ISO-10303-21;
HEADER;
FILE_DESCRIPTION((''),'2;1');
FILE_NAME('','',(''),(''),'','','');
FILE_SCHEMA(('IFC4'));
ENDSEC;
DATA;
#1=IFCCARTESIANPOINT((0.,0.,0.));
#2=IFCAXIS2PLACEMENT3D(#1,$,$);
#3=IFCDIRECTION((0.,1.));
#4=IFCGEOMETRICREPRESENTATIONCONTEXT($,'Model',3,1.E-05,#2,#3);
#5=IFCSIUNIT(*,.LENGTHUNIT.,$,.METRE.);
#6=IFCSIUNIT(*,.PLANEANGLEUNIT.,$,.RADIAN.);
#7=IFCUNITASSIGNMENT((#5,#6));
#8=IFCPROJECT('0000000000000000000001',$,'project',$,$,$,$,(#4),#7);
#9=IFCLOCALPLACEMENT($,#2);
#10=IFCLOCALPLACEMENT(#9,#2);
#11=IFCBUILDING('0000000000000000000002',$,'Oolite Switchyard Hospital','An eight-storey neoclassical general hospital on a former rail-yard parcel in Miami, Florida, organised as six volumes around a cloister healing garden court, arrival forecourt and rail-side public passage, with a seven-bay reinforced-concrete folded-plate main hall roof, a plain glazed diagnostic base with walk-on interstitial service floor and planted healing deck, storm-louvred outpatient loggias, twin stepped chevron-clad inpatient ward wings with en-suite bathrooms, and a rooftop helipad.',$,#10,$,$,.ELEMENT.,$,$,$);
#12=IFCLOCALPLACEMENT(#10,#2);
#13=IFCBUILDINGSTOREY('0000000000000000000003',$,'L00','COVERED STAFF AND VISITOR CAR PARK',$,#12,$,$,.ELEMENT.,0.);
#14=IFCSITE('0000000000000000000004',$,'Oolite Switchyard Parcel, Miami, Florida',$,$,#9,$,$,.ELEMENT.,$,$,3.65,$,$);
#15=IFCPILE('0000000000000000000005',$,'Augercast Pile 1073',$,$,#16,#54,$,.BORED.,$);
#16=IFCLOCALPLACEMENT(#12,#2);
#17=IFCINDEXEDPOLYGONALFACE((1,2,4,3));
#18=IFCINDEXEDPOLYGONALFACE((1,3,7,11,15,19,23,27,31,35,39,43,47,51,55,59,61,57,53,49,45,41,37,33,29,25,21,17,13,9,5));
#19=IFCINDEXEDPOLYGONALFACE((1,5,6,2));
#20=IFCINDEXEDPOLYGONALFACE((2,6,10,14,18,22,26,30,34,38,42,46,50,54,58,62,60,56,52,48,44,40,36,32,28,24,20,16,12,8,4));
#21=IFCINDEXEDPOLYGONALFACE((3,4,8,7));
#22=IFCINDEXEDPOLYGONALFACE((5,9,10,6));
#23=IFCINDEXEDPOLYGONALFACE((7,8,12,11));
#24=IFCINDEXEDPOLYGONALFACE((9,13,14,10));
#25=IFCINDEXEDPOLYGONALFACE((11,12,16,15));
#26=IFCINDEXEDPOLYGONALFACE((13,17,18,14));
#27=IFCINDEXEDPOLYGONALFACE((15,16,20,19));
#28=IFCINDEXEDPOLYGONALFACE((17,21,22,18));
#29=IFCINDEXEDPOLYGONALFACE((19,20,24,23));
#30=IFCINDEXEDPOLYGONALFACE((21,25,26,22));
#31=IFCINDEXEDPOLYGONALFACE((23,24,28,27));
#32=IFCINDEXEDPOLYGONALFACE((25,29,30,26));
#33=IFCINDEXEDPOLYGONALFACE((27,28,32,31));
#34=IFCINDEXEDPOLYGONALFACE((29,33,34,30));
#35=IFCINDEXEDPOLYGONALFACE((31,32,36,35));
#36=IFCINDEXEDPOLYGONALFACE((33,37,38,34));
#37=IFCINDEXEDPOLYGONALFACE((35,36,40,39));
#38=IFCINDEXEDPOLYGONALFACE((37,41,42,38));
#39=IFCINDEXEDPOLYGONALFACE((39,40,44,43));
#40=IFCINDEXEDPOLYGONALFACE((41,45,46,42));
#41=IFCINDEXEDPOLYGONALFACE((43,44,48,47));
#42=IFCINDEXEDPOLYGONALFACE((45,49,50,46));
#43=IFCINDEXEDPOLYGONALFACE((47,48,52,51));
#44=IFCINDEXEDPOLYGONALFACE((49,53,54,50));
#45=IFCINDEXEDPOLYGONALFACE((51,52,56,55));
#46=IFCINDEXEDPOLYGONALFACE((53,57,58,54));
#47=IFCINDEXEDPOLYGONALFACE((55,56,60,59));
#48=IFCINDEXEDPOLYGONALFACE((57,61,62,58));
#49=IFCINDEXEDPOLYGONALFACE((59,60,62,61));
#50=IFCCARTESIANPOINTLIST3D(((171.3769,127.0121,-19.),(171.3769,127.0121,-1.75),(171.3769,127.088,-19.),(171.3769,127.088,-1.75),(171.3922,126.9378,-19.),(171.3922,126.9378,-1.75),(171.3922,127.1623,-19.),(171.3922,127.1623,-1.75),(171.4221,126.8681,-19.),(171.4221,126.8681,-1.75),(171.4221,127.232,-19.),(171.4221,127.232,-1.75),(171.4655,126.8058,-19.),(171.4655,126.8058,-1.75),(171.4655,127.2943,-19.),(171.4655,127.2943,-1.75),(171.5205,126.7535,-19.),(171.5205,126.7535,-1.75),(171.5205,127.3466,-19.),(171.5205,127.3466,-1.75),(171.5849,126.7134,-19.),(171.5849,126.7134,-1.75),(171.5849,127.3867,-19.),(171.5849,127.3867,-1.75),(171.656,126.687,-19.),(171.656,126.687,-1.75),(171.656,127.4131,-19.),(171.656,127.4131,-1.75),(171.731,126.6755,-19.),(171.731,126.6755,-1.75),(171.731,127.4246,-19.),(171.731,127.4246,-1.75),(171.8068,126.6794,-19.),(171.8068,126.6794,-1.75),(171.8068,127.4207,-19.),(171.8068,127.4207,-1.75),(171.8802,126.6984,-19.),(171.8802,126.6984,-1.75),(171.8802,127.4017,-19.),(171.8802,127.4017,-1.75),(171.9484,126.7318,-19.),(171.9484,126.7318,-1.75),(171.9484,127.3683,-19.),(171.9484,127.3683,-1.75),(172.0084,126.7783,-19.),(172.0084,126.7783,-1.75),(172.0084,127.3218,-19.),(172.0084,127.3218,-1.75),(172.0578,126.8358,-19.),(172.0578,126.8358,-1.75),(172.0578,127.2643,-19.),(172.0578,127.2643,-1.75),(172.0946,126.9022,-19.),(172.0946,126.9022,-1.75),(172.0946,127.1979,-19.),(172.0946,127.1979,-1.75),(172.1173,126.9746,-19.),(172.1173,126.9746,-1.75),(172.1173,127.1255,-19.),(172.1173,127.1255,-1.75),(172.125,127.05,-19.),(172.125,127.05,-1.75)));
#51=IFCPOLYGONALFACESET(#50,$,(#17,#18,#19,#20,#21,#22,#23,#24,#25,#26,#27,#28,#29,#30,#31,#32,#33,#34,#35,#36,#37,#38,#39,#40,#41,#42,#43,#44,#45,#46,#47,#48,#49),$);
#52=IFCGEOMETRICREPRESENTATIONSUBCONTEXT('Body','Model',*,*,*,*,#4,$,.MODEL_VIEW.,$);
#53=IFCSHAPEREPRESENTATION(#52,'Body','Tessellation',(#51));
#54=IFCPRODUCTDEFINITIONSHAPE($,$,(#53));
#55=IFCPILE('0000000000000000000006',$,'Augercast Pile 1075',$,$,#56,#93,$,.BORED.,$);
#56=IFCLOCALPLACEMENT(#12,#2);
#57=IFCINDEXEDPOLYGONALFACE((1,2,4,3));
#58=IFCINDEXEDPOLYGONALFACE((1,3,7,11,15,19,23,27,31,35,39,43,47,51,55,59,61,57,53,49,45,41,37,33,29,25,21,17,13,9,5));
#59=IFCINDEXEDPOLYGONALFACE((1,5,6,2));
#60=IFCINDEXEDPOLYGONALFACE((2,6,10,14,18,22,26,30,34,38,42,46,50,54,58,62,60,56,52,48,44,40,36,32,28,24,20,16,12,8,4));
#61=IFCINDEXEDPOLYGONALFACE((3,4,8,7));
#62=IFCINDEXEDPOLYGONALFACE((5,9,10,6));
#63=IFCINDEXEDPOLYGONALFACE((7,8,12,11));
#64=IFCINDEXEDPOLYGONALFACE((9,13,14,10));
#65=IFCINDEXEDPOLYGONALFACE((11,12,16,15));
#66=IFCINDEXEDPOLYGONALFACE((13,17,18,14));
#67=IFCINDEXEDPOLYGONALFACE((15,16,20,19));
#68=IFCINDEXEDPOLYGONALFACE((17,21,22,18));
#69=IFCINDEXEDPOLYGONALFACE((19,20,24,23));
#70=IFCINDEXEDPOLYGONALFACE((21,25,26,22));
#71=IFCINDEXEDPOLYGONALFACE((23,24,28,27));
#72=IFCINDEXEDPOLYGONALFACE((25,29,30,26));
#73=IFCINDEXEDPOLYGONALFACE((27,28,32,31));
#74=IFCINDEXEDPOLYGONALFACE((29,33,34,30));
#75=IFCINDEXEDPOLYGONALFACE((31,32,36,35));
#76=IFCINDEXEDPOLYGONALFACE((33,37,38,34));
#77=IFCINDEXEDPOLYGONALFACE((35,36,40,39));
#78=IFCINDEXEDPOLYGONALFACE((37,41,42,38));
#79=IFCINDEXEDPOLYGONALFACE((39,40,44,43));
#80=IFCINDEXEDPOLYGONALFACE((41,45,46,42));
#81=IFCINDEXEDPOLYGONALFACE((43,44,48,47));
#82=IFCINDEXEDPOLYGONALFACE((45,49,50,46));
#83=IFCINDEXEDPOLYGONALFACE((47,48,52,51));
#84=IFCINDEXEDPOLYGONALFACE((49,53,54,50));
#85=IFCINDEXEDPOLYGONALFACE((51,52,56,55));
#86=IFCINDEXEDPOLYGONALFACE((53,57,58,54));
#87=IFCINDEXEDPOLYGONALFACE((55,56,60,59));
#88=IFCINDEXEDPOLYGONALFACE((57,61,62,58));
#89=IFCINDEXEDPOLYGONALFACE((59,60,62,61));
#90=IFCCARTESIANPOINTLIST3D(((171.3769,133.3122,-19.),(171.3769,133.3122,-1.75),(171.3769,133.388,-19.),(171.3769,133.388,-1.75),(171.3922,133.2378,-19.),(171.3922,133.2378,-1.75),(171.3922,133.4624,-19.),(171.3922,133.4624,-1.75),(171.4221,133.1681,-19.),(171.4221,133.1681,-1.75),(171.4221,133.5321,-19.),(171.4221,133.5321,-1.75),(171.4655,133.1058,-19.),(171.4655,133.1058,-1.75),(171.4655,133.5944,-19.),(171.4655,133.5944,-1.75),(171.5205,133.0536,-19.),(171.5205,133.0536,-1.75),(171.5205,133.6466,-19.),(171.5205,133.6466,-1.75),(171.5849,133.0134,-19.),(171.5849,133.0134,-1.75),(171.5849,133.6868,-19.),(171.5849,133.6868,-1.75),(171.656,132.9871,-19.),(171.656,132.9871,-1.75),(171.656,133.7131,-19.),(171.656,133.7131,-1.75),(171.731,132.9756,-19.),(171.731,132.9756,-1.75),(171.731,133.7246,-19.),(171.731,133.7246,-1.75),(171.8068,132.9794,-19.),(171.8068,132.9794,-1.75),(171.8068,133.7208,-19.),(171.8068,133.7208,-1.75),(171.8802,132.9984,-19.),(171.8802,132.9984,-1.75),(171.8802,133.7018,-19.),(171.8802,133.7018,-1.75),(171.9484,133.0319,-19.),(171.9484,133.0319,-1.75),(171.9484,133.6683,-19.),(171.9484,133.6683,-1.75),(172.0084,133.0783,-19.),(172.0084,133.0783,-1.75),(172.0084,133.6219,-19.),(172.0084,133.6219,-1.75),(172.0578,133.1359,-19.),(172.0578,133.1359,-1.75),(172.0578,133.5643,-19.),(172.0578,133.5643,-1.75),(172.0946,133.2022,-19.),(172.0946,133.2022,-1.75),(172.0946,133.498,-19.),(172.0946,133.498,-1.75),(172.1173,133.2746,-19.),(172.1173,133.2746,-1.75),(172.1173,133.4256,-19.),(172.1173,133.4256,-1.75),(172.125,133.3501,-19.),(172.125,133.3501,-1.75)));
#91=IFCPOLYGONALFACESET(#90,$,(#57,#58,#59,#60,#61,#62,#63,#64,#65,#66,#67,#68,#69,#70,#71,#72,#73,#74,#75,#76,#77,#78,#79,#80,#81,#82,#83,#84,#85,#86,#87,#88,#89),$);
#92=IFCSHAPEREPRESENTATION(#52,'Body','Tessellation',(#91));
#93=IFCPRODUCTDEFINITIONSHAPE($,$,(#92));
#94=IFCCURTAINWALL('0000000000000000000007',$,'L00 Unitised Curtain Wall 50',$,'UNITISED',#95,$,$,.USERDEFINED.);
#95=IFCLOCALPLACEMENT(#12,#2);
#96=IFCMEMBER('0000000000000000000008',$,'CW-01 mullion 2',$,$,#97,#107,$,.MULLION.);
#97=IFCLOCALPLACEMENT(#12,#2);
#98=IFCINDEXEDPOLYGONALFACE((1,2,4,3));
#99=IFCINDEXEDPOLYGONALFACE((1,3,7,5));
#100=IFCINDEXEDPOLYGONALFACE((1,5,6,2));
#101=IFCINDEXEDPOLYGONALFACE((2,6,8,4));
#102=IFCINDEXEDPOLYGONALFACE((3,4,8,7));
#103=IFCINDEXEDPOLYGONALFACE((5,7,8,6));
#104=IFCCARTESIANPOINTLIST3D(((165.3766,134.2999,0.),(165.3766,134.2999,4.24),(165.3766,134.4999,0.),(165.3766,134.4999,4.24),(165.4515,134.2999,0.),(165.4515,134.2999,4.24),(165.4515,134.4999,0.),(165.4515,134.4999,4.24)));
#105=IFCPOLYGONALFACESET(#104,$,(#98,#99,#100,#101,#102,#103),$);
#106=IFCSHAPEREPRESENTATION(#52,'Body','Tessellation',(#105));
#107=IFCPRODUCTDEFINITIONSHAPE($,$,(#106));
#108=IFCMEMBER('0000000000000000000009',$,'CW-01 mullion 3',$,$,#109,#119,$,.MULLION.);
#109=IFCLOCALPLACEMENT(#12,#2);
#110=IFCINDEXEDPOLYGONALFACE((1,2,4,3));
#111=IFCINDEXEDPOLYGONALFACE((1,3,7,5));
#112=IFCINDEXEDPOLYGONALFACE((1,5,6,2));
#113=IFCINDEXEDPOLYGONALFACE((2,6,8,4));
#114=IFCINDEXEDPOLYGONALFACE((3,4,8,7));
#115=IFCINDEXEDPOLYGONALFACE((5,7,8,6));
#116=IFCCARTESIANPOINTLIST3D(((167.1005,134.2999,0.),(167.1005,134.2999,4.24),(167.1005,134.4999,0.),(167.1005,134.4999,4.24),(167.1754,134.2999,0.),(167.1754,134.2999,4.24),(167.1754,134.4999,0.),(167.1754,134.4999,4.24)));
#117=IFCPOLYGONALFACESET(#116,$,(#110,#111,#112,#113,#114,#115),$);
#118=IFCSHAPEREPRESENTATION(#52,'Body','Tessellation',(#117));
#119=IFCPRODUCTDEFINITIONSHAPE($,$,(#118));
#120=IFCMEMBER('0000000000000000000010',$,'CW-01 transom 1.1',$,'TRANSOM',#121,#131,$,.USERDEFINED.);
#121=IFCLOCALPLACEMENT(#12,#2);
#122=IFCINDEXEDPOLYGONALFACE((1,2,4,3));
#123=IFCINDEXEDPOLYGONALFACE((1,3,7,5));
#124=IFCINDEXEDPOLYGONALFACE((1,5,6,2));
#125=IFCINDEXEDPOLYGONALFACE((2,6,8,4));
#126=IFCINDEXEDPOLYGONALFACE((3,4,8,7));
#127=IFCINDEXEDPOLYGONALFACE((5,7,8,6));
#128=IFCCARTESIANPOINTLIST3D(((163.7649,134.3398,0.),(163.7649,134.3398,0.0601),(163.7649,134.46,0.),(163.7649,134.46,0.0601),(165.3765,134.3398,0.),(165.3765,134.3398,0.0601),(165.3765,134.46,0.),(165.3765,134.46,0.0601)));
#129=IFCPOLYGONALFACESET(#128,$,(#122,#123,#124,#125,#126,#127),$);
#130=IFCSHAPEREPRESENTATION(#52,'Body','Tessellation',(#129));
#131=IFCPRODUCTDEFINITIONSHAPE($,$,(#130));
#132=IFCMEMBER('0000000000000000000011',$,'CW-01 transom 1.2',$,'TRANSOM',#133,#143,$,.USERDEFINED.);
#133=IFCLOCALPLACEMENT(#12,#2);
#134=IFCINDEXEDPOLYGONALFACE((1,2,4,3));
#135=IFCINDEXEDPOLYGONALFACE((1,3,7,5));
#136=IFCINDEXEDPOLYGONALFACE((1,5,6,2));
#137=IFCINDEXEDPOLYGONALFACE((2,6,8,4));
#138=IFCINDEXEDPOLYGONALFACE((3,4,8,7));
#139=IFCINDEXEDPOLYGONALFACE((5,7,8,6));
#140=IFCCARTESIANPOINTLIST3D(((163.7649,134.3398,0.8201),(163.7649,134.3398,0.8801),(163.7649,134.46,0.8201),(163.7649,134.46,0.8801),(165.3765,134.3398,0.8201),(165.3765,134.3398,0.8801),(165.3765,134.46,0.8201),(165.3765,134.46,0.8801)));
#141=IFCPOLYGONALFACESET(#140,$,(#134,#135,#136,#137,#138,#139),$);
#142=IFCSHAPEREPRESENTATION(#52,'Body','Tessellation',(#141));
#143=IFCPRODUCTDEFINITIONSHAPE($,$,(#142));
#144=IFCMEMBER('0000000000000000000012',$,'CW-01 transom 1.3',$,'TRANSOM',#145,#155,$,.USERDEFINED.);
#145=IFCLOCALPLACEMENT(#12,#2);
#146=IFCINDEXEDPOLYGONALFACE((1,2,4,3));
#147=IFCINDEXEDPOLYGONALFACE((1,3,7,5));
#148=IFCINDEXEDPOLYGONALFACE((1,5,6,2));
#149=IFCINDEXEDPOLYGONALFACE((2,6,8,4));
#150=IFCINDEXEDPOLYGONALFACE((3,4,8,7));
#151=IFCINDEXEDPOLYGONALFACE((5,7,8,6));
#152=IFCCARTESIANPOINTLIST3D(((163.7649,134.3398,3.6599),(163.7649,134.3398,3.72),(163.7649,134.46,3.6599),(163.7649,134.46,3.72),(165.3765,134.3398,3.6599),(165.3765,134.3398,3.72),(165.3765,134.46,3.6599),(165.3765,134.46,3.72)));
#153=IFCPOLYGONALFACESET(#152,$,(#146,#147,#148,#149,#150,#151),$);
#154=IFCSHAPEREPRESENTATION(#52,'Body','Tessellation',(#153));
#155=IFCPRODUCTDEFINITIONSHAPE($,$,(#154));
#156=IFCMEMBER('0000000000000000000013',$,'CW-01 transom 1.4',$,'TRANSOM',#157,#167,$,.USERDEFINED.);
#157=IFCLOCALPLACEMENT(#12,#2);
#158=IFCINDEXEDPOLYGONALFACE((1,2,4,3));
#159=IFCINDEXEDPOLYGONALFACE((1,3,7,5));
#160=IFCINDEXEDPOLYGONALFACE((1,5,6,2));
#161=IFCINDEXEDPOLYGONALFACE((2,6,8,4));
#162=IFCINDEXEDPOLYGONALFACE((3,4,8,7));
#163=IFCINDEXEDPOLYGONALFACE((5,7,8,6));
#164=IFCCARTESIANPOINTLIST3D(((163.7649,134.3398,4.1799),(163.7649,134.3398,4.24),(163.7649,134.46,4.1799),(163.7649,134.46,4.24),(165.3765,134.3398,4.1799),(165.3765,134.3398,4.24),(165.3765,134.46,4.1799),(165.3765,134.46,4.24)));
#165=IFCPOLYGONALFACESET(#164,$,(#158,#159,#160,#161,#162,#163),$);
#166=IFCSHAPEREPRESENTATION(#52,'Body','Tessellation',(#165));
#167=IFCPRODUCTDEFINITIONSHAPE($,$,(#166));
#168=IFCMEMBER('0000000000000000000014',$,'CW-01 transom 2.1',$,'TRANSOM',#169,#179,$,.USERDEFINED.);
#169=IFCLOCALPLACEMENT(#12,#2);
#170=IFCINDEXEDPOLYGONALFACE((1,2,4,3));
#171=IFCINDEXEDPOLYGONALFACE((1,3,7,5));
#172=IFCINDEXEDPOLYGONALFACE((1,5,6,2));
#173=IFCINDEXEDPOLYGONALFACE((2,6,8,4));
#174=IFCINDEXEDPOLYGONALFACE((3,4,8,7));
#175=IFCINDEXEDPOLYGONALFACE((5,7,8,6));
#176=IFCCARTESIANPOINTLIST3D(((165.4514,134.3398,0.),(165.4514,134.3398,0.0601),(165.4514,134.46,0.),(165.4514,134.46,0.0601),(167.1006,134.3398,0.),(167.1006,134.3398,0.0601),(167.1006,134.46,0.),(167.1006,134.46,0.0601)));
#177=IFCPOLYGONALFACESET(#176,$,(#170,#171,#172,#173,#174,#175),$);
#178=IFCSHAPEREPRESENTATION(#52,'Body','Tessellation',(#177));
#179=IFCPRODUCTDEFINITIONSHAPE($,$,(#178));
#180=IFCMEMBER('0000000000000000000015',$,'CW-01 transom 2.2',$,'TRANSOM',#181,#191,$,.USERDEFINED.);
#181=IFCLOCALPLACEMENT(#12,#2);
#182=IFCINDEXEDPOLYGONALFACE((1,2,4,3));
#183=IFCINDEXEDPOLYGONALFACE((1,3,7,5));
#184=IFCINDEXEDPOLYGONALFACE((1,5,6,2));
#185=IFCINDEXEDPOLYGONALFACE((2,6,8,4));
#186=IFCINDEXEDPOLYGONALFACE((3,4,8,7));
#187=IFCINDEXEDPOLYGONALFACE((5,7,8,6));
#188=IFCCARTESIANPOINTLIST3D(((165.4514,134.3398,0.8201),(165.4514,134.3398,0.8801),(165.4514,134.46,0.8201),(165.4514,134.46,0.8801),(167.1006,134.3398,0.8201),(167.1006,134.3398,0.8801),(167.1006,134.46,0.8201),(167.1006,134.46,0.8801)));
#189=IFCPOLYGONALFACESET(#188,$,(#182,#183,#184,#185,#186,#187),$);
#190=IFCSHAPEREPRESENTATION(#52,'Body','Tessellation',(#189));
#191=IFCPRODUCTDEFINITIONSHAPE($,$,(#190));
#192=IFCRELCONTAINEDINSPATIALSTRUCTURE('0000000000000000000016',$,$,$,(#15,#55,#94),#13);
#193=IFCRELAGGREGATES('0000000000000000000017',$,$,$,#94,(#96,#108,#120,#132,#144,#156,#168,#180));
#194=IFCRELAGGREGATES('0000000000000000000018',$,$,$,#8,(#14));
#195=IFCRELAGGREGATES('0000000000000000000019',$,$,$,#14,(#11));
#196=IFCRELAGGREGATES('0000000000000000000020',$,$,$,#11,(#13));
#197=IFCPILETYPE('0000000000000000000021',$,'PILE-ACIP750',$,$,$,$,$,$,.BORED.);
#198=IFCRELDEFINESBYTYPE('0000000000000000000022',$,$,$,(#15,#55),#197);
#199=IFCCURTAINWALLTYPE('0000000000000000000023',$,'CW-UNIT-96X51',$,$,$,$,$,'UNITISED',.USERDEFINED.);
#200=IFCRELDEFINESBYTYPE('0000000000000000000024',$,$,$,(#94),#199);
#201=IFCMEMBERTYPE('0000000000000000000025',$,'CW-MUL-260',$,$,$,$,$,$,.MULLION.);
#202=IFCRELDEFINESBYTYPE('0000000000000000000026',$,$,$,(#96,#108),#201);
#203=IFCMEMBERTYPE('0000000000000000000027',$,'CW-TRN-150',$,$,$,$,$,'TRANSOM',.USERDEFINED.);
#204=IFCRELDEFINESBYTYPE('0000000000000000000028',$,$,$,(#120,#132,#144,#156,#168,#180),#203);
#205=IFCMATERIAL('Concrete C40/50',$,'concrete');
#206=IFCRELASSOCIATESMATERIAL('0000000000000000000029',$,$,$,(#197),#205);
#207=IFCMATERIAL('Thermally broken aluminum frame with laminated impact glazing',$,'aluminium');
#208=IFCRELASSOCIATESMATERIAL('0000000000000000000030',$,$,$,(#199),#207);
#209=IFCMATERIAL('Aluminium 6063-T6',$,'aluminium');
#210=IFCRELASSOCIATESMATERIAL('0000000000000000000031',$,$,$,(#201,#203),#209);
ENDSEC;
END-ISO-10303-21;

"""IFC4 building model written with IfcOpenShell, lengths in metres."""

from ifc_helpers import new_model, si_unit, direction, frame, origin, origin_2d, place, context, subcontext, project, spatial, rectangle, circle, extrude, material, material_profile, profile_set, type_object, element, aggregate, save


model = new_model("IFC4")

# Units and contexts
model_context = context("Model", 3, precision=1e-05, world=origin(), true_north=direction((0.0, 1.0)))
body_context = subcontext(model_context, "Body", "Model", "MODEL_VIEW")
ifc_project = project(units=[si_unit("LENGTHUNIT", "METRE"), si_unit("PLANEANGLEUNIT", "RADIAN")], contexts=[model_context])

# Site, building, storey
site_placement = place(None, origin())
site = spatial("IfcSite", under=ifc_project, at=site_placement, Name="Oolite Switchyard Parcel, Miami, Florida", CompositionType="ELEMENT", RefElevation=3.65)
building_placement = place(site_placement, origin())
building = spatial("IfcBuilding", under=site, at=building_placement, Name="Oolite Switchyard Hospital", Description="An eight-storey neoclassical general hospital on a former rail-yard parcel in Miami, Florida, organised as six volumes around a cloister healing garden court, arrival forecourt and rail-side public passage, with a seven-bay reinforced-concrete folded-plate main hall roof, a plain glazed diagnostic base with walk-on interstitial service floor and planted healing deck, storm-louvred outpatient loggias, twin stepped chevron-clad inpatient ward wings with en-suite bathrooms, and a rooftop helipad.", CompositionType="ELEMENT")
storey_placement = place(building_placement, origin())
storey = spatial("IfcBuildingStorey", under=building, at=storey_placement, Name="L00", Description="COVERED STAFF AND VISITOR CAR PARK", CompositionType="ELEMENT", Elevation=0.0)

# Shared definitions
ifc_material_1 = material(Name="Concrete C40/50", Category="concrete")

# Piles
ifc_material_profile_1 = material_profile(ifc_material_1, circle(Radius=0.375, at=origin_2d()), Name="PILE750")
ifc_profile_set_1 = profile_set([ifc_material_profile_1], Name="Concrete C40/50")
pile_type = type_object("IfcPileType", Name="PILE-ACIP750", PredefinedType="BORED", material=ifc_profile_set_1)
for number, where, z_axis, x_axis, name in (
    (1, (171.75, 127.05, -1.75), (0.0, 0.0, -1.0), (1.0, 0.0, 0.0), "Augercast Pile 1073"),
    (2, (171.75, 133.3501, -1.75), (0.0, 0.0, -1.0), (1.0, 0.0, 0.0), "Augercast Pile 1075"),
):
    element("IfcPile", number, at=place(storey_placement, frame(where, z_axis=z_axis, x_axis=x_axis)), inside=storey, type_object=pile_type, Name=name, PredefinedType="BORED", context=body_context, shape_type="SweptSolid", body=[
        extrude(circle(Radius=0.375, at=origin_2d()), origin(), (0.0, 0.0, 1.0), 17.25),
    ])

# Curtain wall, members
ifc_material_2 = material(Name="Thermally broken aluminum frame with laminated impact glazing", Category="aluminium")
curtain_wall_type = type_object("IfcCurtainWallType", Name="CW-UNIT-96X51", ElementType="UNITISED", PredefinedType="USERDEFINED", material=ifc_material_2)
curtain_wall_placement = place(storey_placement, origin())
curtain_wall = element("IfcCurtainWall", 3, at=curtain_wall_placement, inside=storey, type_object=curtain_wall_type, Name="L00 Unitised Curtain Wall 50", ObjectType="UNITISED", PredefinedType="USERDEFINED")
ifc_material_3 = material(Name="Aluminium 6063-T6", Category="aluminium")
ifc_material_profile_2 = material_profile(ifc_material_3, rectangle(XDim=0.2, YDim=0.075, at=origin_2d()), Name="CWM75X200")
ifc_profile_set_2 = profile_set([ifc_material_profile_2], Name="Aluminium 6063-T6")
member_type_1 = type_object("IfcMemberType", Name="CW-MUL-260", PredefinedType="MULLION", material=ifc_profile_set_2)
member_1_placement = place(storey_placement, frame((165.4141, 134.3999, 0.0), z_axis=(0.0, 0.0, 1.0), x_axis=(0.0, 1.0, 0.0)))
member_1 = element("IfcMember", 4, at=member_1_placement, type_object=member_type_1, Name="CW-01 mullion 2", PredefinedType="MULLION", context=body_context, shape_type="SweptSolid", body=[
    extrude(rectangle(XDim=0.2, YDim=0.075, at=origin_2d()), origin(), (0.0, 0.0, 1.0), 4.24),
])
member_2_placement = place(storey_placement, frame((167.1379, 134.3999, 0.0), z_axis=(0.0, 0.0, 1.0), x_axis=(0.0, 1.0, 0.0)))
member_2 = element("IfcMember", 5, at=member_2_placement, type_object=member_type_1, Name="CW-01 mullion 3", PredefinedType="MULLION", context=body_context, shape_type="SweptSolid", body=[
    extrude(rectangle(XDim=0.2, YDim=0.075, at=origin_2d()), origin(), (0.0, 0.0, 1.0), 4.24),
])
ifc_material_profile_3 = material_profile(ifc_material_3, rectangle(XDim=0.1201, YDim=0.0601, at=origin_2d()), Name="CWT60X120")
ifc_profile_set_3 = profile_set([ifc_material_profile_3], Name="Aluminium 6063-T6")
member_type_2 = type_object("IfcMemberType", Name="CW-TRN-150", ElementType="TRANSOM", PredefinedType="USERDEFINED", material=ifc_profile_set_3)
member_3_placement = place(storey_placement, frame((163.7649, 134.3999, 0.03), z_axis=(1.0, 0.0, 0.0), x_axis=(0.0, 1.0, 0.0)))
member_3 = element("IfcMember", 6, at=member_3_placement, type_object=member_type_2, Name="CW-01 transom 1.1", ObjectType="TRANSOM", PredefinedType="USERDEFINED", context=body_context, shape_type="SweptSolid", body=[
    extrude(rectangle(XDim=0.1201, YDim=0.0601, at=origin_2d()), origin(), (0.0, 0.0, 1.0), 1.6116),
])
member_4_placement = place(storey_placement, frame((163.7649, 134.3999, 0.8501), z_axis=(1.0, 0.0, 0.0), x_axis=(0.0, 1.0, 0.0)))
member_4 = element("IfcMember", 7, at=member_4_placement, type_object=member_type_2, Name="CW-01 transom 1.2", ObjectType="TRANSOM", PredefinedType="USERDEFINED", context=body_context, shape_type="SweptSolid", body=[
    extrude(rectangle(XDim=0.1201, YDim=0.0601, at=origin_2d()), origin(), (0.0, 0.0, 1.0), 1.6116),
])
member_5_placement = place(storey_placement, frame((163.7649, 134.3999, 3.6899), z_axis=(1.0, 0.0, 0.0), x_axis=(0.0, 1.0, 0.0)))
member_5 = element("IfcMember", 8, at=member_5_placement, type_object=member_type_2, Name="CW-01 transom 1.3", ObjectType="TRANSOM", PredefinedType="USERDEFINED", context=body_context, shape_type="SweptSolid", body=[
    extrude(rectangle(XDim=0.1201, YDim=0.0601, at=origin_2d()), origin(), (0.0, 0.0, 1.0), 1.6116),
])
member_6_placement = place(storey_placement, frame((163.7649, 134.3999, 4.21), z_axis=(1.0, 0.0, 0.0), x_axis=(0.0, 1.0, 0.0)))
member_6 = element("IfcMember", 9, at=member_6_placement, type_object=member_type_2, Name="CW-01 transom 1.4", ObjectType="TRANSOM", PredefinedType="USERDEFINED", context=body_context, shape_type="SweptSolid", body=[
    extrude(rectangle(XDim=0.1201, YDim=0.0601, at=origin_2d()), origin(), (0.0, 0.0, 1.0), 1.6116),
])
member_7_placement = place(storey_placement, frame((165.4514, 134.3999, 0.03), z_axis=(1.0, 0.0, 0.0), x_axis=(0.0, 1.0, 0.0)))
member_7 = element("IfcMember", 10, at=member_7_placement, type_object=member_type_2, Name="CW-01 transom 2.1", ObjectType="TRANSOM", PredefinedType="USERDEFINED", context=body_context, shape_type="SweptSolid", body=[
    extrude(rectangle(XDim=0.1201, YDim=0.0601, at=origin_2d()), origin(), (0.0, 0.0, 1.0), 1.6492),
])
member_8_placement = place(storey_placement, frame((165.4514, 134.3999, 0.8501), z_axis=(1.0, 0.0, 0.0), x_axis=(0.0, 1.0, 0.0)))
member_8 = element("IfcMember", 11, at=member_8_placement, type_object=member_type_2, Name="CW-01 transom 2.2", ObjectType="TRANSOM", PredefinedType="USERDEFINED", context=body_context, shape_type="SweptSolid", body=[
    extrude(rectangle(XDim=0.1201, YDim=0.0601, at=origin_2d()), origin(), (0.0, 0.0, 1.0), 1.6492),
])
aggregate(curtain_wall, [member_1, member_2, member_3, member_4, member_5, member_6, member_7, member_8])

save(model, "model.ifc")
